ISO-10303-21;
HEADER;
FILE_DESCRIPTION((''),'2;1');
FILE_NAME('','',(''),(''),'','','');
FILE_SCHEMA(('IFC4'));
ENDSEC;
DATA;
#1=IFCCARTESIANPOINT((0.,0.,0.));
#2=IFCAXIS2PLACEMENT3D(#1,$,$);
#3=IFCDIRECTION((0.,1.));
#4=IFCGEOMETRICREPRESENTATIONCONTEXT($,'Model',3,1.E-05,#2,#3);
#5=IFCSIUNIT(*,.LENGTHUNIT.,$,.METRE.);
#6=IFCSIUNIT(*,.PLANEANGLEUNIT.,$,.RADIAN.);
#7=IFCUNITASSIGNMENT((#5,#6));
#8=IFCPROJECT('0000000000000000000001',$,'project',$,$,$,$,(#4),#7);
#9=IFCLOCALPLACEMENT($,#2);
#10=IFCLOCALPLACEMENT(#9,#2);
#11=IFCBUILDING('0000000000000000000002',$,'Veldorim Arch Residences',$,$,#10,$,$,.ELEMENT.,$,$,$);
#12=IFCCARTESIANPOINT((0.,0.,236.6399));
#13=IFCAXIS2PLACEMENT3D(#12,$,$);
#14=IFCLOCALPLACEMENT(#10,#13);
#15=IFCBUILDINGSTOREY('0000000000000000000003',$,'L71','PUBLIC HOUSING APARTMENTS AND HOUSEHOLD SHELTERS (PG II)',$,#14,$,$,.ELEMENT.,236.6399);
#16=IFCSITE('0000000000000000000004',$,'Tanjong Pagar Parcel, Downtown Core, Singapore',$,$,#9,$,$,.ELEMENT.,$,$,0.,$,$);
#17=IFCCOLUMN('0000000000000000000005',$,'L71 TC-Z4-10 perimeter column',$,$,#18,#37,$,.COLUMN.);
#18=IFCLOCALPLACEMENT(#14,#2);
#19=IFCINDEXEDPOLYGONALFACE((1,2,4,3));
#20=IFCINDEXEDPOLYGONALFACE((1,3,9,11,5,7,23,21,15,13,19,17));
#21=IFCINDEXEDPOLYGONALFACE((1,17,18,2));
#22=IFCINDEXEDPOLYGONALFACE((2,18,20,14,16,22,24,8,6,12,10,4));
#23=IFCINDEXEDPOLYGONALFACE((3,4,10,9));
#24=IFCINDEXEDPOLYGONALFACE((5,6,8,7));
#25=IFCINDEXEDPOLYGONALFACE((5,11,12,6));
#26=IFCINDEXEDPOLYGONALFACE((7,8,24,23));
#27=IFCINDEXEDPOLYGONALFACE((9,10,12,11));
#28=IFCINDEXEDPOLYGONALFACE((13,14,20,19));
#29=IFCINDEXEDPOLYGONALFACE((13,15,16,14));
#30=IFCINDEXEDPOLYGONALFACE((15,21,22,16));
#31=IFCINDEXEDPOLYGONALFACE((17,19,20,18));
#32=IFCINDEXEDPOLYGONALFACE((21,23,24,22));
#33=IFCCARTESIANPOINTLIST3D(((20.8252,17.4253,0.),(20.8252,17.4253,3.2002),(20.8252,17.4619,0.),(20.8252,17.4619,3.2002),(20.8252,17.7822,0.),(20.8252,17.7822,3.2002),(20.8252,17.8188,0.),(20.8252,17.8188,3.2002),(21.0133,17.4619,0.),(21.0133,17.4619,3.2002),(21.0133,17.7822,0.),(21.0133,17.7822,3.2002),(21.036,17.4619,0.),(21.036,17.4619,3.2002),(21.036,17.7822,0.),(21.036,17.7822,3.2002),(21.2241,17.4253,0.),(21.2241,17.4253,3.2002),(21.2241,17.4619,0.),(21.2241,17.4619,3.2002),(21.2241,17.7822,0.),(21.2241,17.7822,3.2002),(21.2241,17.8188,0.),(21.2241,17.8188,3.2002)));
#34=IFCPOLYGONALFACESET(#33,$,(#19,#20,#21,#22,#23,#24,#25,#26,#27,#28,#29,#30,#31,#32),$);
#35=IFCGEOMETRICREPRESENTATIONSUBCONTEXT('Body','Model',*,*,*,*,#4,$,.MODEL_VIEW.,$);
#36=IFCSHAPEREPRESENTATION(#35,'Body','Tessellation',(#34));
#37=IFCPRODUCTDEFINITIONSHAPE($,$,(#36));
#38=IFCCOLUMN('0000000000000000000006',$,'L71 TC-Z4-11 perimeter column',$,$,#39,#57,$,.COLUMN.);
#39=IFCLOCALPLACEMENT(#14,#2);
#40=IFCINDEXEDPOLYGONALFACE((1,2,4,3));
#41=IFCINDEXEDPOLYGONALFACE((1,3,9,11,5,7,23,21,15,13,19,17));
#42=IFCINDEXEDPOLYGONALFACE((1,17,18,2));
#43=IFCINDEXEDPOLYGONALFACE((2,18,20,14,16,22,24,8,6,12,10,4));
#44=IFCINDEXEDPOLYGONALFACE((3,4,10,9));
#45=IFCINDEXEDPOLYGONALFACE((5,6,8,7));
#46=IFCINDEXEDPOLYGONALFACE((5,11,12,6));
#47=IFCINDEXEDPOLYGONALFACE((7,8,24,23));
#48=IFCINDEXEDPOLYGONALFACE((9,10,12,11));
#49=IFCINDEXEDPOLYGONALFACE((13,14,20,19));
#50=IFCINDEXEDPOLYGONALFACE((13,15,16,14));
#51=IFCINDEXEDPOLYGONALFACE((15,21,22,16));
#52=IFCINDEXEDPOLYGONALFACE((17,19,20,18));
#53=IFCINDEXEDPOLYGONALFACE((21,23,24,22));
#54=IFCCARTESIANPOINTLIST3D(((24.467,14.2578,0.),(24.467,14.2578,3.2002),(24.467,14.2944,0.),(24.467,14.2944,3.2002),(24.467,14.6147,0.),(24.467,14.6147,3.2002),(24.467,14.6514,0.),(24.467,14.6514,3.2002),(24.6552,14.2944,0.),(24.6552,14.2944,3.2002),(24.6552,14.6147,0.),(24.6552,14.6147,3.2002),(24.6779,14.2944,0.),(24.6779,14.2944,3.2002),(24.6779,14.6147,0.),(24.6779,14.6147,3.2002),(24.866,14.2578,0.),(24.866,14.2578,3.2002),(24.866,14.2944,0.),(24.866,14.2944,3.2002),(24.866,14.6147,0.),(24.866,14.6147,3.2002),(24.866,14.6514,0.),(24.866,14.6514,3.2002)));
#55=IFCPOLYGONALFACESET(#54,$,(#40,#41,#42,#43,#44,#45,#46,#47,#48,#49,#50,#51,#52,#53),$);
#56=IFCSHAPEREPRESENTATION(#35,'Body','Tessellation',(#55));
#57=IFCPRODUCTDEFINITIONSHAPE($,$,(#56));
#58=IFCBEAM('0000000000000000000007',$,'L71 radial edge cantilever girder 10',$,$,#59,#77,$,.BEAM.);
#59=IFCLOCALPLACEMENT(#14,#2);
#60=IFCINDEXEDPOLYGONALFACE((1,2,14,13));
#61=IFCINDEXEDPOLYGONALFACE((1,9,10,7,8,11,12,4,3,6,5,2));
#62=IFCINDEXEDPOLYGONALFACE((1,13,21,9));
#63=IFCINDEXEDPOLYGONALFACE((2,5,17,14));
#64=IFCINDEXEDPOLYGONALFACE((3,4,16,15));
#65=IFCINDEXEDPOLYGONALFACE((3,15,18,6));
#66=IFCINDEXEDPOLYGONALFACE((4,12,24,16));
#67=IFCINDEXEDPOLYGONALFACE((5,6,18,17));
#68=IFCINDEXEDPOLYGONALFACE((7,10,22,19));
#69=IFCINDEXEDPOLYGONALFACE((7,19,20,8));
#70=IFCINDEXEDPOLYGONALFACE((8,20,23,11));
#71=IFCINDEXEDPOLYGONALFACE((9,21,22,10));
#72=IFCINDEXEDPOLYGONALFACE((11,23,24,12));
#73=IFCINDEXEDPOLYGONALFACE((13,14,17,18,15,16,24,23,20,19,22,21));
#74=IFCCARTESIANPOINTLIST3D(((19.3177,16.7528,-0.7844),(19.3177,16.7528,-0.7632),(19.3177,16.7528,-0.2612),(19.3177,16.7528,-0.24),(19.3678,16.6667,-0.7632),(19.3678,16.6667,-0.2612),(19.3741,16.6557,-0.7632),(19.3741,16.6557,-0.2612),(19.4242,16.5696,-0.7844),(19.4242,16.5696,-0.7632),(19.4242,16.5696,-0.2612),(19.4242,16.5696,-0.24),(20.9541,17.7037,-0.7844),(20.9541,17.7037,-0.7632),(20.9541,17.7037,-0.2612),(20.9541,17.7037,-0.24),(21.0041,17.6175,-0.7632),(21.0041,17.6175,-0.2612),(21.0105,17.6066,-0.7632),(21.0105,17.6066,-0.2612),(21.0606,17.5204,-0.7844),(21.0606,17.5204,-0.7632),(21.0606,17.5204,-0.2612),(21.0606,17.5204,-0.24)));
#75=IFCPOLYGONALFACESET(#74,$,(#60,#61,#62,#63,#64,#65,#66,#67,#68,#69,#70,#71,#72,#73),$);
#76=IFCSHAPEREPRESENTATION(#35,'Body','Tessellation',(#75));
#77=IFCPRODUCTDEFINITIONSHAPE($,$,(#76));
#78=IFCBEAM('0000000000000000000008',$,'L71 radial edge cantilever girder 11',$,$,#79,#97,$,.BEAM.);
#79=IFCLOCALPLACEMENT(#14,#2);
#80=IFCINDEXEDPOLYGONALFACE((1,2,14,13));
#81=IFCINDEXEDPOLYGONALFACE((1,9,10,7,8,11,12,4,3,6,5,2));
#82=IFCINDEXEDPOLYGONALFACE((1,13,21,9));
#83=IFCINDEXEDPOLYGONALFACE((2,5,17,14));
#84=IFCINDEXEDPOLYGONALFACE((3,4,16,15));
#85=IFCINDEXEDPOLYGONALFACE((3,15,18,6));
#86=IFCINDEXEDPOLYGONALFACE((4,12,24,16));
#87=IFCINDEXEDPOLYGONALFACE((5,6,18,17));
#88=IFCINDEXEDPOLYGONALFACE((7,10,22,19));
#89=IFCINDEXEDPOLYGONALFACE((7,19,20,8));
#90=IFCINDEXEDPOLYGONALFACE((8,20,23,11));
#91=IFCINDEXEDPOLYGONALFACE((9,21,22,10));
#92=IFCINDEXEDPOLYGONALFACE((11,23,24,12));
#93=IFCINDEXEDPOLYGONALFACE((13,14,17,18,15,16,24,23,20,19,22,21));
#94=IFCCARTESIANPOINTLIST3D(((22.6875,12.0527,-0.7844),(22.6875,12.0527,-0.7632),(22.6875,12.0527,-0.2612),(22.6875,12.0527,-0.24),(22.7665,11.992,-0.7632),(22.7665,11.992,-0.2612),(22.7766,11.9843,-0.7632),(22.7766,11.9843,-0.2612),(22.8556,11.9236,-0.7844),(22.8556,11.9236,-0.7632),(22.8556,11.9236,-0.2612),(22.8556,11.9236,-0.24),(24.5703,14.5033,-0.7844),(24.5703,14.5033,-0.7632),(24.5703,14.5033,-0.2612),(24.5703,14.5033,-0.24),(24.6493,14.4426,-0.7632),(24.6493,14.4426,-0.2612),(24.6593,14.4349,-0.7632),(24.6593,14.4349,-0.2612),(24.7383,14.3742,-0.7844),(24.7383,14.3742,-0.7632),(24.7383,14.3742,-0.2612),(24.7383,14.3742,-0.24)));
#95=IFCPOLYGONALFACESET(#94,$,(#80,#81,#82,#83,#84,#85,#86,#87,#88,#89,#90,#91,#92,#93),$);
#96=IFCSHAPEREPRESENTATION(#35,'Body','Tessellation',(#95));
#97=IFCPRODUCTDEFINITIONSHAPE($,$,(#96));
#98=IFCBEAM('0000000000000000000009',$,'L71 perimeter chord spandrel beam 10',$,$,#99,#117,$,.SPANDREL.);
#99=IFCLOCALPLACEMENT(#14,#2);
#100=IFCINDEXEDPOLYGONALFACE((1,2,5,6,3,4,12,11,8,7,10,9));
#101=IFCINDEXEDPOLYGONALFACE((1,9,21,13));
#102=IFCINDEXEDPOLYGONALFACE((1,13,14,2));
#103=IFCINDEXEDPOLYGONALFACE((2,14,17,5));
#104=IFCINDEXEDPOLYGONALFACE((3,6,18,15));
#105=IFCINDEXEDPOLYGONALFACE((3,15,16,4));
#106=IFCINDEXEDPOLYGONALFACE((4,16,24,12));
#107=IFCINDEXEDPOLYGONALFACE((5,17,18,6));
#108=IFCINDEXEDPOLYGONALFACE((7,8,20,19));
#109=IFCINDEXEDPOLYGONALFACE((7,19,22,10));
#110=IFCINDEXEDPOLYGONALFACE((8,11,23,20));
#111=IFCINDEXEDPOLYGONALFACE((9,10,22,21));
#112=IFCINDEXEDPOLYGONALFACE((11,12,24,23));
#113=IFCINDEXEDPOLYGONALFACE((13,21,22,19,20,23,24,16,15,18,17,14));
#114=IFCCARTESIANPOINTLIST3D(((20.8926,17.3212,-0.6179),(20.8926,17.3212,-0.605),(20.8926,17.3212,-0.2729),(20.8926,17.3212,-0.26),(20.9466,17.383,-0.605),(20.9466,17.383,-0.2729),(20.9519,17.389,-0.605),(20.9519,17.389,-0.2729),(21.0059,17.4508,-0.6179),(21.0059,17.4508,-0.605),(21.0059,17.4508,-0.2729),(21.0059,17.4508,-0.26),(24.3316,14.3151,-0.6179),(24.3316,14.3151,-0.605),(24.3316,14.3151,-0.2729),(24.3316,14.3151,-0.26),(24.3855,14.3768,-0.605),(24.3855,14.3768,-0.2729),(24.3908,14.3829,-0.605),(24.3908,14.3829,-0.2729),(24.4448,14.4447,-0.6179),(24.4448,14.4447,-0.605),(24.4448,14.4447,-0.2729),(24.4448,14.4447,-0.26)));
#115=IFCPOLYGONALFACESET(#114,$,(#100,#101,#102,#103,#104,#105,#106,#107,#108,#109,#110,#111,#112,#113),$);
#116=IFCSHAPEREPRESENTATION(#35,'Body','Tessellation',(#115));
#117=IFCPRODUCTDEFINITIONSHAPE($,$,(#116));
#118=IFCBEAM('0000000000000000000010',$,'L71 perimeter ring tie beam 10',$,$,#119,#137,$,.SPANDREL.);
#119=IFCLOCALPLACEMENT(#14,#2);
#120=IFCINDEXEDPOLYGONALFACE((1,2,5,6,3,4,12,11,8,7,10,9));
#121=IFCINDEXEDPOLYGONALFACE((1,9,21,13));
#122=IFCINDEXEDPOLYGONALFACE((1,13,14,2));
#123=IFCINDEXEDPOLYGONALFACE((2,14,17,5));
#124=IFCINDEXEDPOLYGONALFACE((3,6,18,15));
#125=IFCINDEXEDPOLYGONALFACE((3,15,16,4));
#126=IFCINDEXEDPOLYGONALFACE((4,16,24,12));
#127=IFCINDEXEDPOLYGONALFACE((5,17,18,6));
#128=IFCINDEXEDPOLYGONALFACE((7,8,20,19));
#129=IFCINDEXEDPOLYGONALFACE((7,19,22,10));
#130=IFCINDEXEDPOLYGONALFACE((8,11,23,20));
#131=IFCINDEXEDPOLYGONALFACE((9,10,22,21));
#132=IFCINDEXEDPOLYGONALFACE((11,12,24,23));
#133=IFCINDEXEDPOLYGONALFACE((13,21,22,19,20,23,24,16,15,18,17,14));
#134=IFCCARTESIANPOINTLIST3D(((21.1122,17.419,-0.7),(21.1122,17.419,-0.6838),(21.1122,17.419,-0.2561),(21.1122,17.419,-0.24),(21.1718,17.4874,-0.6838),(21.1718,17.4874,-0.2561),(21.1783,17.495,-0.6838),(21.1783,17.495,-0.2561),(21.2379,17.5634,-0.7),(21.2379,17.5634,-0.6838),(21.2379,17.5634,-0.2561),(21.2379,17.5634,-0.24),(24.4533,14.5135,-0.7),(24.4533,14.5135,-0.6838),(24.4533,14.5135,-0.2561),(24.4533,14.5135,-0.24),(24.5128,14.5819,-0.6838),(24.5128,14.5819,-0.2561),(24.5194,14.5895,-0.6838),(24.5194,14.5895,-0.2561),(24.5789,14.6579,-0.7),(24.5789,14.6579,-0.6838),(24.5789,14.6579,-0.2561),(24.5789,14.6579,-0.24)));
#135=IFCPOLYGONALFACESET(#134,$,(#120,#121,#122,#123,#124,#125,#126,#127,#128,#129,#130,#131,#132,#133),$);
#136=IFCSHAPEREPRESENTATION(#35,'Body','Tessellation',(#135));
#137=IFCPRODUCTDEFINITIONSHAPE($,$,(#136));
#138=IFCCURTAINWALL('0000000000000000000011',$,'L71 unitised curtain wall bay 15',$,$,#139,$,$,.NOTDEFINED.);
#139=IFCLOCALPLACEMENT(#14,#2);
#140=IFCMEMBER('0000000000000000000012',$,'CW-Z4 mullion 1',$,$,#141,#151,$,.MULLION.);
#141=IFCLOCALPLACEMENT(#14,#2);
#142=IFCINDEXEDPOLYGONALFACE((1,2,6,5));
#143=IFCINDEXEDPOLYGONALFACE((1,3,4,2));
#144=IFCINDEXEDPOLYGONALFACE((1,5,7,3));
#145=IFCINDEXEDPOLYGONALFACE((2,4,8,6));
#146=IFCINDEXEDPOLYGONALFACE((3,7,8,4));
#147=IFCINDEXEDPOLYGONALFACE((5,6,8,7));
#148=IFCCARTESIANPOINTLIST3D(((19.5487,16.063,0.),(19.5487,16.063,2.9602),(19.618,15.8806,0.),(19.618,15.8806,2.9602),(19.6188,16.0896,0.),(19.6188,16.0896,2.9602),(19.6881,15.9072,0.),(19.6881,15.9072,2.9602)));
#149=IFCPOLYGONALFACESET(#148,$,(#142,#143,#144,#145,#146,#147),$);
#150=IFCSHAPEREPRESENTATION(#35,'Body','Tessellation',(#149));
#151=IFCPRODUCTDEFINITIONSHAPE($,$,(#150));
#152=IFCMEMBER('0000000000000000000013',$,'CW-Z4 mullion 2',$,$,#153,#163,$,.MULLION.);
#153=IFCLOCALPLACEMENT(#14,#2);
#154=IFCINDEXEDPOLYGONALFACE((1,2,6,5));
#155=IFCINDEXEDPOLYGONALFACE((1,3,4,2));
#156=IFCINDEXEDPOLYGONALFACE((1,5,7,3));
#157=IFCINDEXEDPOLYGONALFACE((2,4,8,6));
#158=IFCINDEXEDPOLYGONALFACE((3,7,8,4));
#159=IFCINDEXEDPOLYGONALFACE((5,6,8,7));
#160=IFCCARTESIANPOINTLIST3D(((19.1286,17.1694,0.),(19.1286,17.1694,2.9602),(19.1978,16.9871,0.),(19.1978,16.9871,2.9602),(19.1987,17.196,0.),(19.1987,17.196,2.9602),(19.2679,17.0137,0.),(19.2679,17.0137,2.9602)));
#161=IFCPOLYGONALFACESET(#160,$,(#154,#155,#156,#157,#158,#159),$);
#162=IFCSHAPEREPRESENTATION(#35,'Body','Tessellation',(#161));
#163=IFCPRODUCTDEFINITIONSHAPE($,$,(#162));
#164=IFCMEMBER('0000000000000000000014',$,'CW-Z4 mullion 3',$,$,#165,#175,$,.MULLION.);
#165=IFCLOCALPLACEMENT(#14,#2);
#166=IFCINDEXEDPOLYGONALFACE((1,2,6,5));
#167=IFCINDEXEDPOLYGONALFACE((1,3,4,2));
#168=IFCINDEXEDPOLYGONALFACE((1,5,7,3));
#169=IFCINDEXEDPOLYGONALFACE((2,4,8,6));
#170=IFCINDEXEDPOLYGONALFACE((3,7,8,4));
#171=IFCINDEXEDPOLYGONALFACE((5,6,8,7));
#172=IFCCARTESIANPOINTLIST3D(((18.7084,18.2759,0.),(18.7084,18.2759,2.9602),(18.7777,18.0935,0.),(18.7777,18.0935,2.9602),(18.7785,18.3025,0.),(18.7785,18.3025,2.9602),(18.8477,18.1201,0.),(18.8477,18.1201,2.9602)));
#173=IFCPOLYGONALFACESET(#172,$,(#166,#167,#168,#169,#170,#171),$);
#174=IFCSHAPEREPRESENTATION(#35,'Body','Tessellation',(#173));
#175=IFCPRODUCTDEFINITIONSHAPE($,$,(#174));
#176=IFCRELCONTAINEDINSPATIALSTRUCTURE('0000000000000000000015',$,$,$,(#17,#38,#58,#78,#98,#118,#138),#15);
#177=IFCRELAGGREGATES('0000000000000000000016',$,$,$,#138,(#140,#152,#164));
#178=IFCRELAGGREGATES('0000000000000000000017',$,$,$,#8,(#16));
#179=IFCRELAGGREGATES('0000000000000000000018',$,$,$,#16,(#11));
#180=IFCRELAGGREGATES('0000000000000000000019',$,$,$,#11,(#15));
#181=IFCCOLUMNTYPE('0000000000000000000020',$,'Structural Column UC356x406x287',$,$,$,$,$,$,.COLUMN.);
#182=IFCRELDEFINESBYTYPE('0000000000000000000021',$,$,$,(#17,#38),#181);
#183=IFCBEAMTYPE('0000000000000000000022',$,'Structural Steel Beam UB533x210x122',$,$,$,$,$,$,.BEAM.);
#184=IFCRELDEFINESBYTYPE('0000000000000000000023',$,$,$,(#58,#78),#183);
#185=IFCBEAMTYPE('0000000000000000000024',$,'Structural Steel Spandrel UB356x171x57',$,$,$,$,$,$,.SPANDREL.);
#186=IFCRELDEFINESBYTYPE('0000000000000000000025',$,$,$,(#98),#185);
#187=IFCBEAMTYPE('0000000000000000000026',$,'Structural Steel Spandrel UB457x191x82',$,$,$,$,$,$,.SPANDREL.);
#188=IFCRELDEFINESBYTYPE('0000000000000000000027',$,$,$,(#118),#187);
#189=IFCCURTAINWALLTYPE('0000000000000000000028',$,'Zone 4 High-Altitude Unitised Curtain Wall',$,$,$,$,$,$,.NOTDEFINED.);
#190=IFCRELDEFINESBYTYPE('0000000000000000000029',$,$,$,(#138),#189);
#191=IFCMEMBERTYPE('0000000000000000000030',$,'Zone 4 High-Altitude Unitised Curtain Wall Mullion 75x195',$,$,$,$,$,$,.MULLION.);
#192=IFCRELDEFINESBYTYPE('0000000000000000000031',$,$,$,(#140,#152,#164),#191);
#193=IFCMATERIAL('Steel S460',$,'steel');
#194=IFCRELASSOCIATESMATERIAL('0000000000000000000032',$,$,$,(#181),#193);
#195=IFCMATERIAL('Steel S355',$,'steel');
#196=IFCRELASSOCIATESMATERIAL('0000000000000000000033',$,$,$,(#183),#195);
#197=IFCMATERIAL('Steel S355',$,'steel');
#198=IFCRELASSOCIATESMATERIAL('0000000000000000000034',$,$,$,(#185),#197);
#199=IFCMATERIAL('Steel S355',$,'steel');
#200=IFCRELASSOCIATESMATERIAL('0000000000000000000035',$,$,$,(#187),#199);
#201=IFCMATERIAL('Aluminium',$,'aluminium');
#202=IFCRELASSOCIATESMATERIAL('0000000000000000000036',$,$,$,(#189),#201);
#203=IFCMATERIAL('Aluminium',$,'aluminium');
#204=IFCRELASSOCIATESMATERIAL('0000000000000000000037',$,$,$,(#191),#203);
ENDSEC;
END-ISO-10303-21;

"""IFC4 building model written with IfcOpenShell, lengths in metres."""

from ifc_helpers import new_model, si_unit, direction, frame, origin, origin_2d, place, context, subcontext, project, spatial, rectangle, i_section, extrude, material, material_profile, profile_set, type_object, element, aggregate, save


model = new_model("IFC4")

# Units and contexts
model_context = context("Model", 3, precision=1e-05, world=origin(), true_north=direction((0.0, 1.0)))
body_context = subcontext(model_context, "Body", "Model", "MODEL_VIEW")
ifc_project = project(units=[si_unit("LENGTHUNIT", "METRE"), si_unit("PLANEANGLEUNIT", "RADIAN")], contexts=[model_context])

# Site, building, storey
site_placement = place(None, origin())
site = spatial("IfcSite", under=ifc_project, at=site_placement, Name="Tanjong Pagar Parcel, Downtown Core, Singapore", CompositionType="ELEMENT", RefElevation=0.0)
building_placement = place(site_placement, origin())
building = spatial("IfcBuilding", under=site, at=building_placement, Name="Veldorim Arch Residences", CompositionType="ELEMENT")
storey_placement = place(building_placement, frame((0.0, 0.0, 236.6399)))
storey = spatial("IfcBuildingStorey", under=building, at=storey_placement, Name="L71", Description="PUBLIC HOUSING APARTMENTS AND HOUSEHOLD SHELTERS (PG II)", CompositionType="ELEMENT", Elevation=236.6399)

# Columns
ifc_material_1 = material(Name="Steel S460", Category="steel")
ifc_material_profile_1 = material_profile(ifc_material_1, i_section(OverallWidth=0.3989, OverallDepth=0.3936, WebThickness=0.0227, FlangeThickness=0.0366, at=origin_2d()), Name="UC356x406x287")
ifc_profile_set_1 = profile_set([ifc_material_profile_1], Name="Steel S460")
column_type = type_object("IfcColumnType", Name="Structural Column UC356x406x287", PredefinedType="COLUMN", material=ifc_profile_set_1)
for number, where, z_axis, x_axis, name in (
    (1, (21.0247, 17.6221, 0.0), (0.0, 0.0, 1.0), (1.0, 0.0, 0.0), "L71 TC-Z4-10 perimeter column"),
    (2, (24.6665, 14.4546, 0.0), (0.0, 0.0, 1.0), (1.0, 0.0, 0.0), "L71 TC-Z4-11 perimeter column"),
):
    element("IfcColumn", number, at=place(storey_placement, frame(where, z_axis=z_axis, x_axis=x_axis)), inside=storey, type_object=column_type, Name=name, PredefinedType="COLUMN", context=body_context, shape_type="SweptSolid", body=[
        extrude(i_section(OverallWidth=0.3989, OverallDepth=0.3936, WebThickness=0.0227, FlangeThickness=0.0366, at=origin_2d()), origin(), (0.0, 0.0, 1.0), 3.2002),
    ])

# Beams
ifc_material_2 = material(Name="Steel S355", Category="steel")
ifc_material_profile_2 = material_profile(ifc_material_2, i_section(OverallWidth=0.2119, OverallDepth=0.5444, WebThickness=0.0127, FlangeThickness=0.0212, at=origin_2d()), Name="UB533x210x122")
ifc_profile_set_2 = profile_set([ifc_material_profile_2], Name="Steel S355")
beam_type_1 = type_object("IfcBeamType", Name="Structural Steel Beam UB533x210x122", PredefinedType="BEAM", material=ifc_profile_set_2)
beam_1_placement = place(storey_placement, frame((21.0073, 17.6121, -0.5122), z_axis=(-0.864624, -0.502419, 0.0), x_axis=(0.502419, -0.864624, 0.0)))
element("IfcBeam", 3, at=beam_1_placement, inside=storey, type_object=beam_type_1, Name="L71 radial edge cantilever girder 10", PredefinedType="BEAM", context=body_context, shape_type="SweptSolid", body=[
    extrude(i_section(OverallWidth=0.2119, OverallDepth=0.5444, WebThickness=0.0127, FlangeThickness=0.0212, at=origin_2d()), origin(), (0.0, 0.0, 1.0), 1.8926),
])
beam_2_placement = place(storey_placement, frame((24.6543, 14.4387, -0.5122), z_axis=(-0.609237, -0.792988, 0.0), x_axis=(0.792988, -0.609237, 0.0)))
element("IfcBeam", 4, at=beam_2_placement, inside=storey, type_object=beam_type_1, Name="L71 radial edge cantilever girder 11", PredefinedType="BEAM", context=body_context, shape_type="SweptSolid", body=[
    extrude(i_section(OverallWidth=0.2119, OverallDepth=0.5444, WebThickness=0.0127, FlangeThickness=0.0212, at=origin_2d()), origin(), (0.0, 0.0, 1.0), 3.0903),
])
ifc_material_3 = material(Name="Steel S355", Category="steel")
ifc_material_profile_3 = material_profile(ifc_material_3, i_section(OverallWidth=0.1721, OverallDepth=0.3579, WebThickness=0.0081, FlangeThickness=0.0129, at=origin_2d()), Name="UB356x171x57")
ifc_profile_set_3 = profile_set([ifc_material_profile_3], Name="Steel S355")
beam_type_2 = type_object("IfcBeamType", Name="Structural Steel Spandrel UB356x171x57", PredefinedType="SPANDREL", material=ifc_profile_set_3)
beam_3_placement = place(storey_placement, frame((20.9492, 17.386, -0.439), z_axis=(0.752901, -0.658134, 0.0), x_axis=(0.658134, 0.752901, 0.0)))
element("IfcBeam", 5, at=beam_3_placement, inside=storey, type_object=beam_type_2, Name="L71 perimeter chord spandrel beam 10", PredefinedType="SPANDREL", context=body_context, shape_type="SweptSolid", body=[
    extrude(i_section(OverallWidth=0.1721, OverallDepth=0.3579, WebThickness=0.0081, FlangeThickness=0.0129, at=origin_2d()), origin(), (0.0, 0.0, 1.0), 4.5676),
])
ifc_material_4 = material(Name="Steel S355", Category="steel")
ifc_material_profile_4 = material_profile(ifc_material_4, i_section(OverallWidth=0.1914, OverallDepth=0.46, WebThickness=0.01, FlangeThickness=0.0161, at=origin_2d()), Name="UB457x191x82")
ifc_profile_set_4 = profile_set([ifc_material_profile_4], Name="Steel S355")
beam_type_3 = type_object("IfcBeamType", Name="Structural Steel Spandrel UB457x191x82", PredefinedType="SPANDREL", material=ifc_profile_set_4)
beam_4_placement = place(storey_placement, frame((21.175, 17.4912, -0.47), z_axis=(0.754578, -0.65621, 0.0), x_axis=(0.65621, 0.754578, 0.0)))
element("IfcBeam", 6, at=beam_4_placement, inside=storey, type_object=beam_type_3, Name="L71 perimeter ring tie beam 10", PredefinedType="SPANDREL", context=body_context, shape_type="SweptSolid", body=[
    extrude(i_section(OverallWidth=0.1914, OverallDepth=0.46, WebThickness=0.01, FlangeThickness=0.0161, at=origin_2d()), origin(), (0.0, 0.0, 1.0), 4.4277),
])

# Curtain wall, members
ifc_material_5 = material(Name="Aluminium", Category="aluminium")
curtain_wall_type = type_object("IfcCurtainWallType", Name="Zone 4 High-Altitude Unitised Curtain Wall", PredefinedType="NOTDEFINED", material=ifc_material_5)
curtain_wall_placement = place(storey_placement, origin())
curtain_wall = element("IfcCurtainWall", 7, at=curtain_wall_placement, inside=storey, type_object=curtain_wall_type, Name="L71 unitised curtain wall bay 15", PredefinedType="NOTDEFINED")
ifc_material_6 = material(Name="Aluminium", Category="aluminium")
ifc_material_profile_5 = material_profile(ifc_material_6, rectangle(XDim=0.075, YDim=0.1951, at=origin_2d()), Name="ALU_MUL_75x195")
ifc_profile_set_5 = profile_set([ifc_material_profile_5], Name="Aluminium")
member_type_1 = type_object("IfcMemberType", Name="Zone 4 High-Altitude Unitised Curtain Wall Mullion 75x195", PredefinedType="MULLION", material=ifc_profile_set_5)
member_1_placement = place(storey_placement, frame((19.6184, 15.9851, 0.0), z_axis=(0.0, 0.0, 1.0), x_axis=(-0.934865, -0.355002, 0.0)))
member_1 = element("IfcMember", 8, at=member_1_placement, type_object=member_type_1, Name="CW-Z4 mullion 1", PredefinedType="MULLION", context=body_context, shape_type="SweptSolid", body=[
    extrude(rectangle(XDim=0.075, YDim=0.1951, at=origin_2d()), origin(), (0.0, 0.0, 1.0), 2.9602),
])
member_2_placement = place(storey_placement, frame((19.1982, 17.0916, 0.0), z_axis=(0.0, 0.0, 1.0), x_axis=(-0.934865, -0.355002, 0.0)))
member_2 = element("IfcMember", 9, at=member_2_placement, type_object=member_type_1, Name="CW-Z4 mullion 2", PredefinedType="MULLION", context=body_context, shape_type="SweptSolid", body=[
    extrude(rectangle(XDim=0.075, YDim=0.1951, at=origin_2d()), origin(), (0.0, 0.0, 1.0), 2.9602),
])
member_3_placement = place(storey_placement, frame((18.7781, 18.198, 0.0), z_axis=(0.0, 0.0, 1.0), x_axis=(-0.934865, -0.355002, 0.0)))
member_3 = element("IfcMember", 10, at=member_3_placement, type_object=member_type_1, Name="CW-Z4 mullion 3", PredefinedType="MULLION", context=body_context, shape_type="SweptSolid", body=[
    extrude(rectangle(XDim=0.075, YDim=0.1951, at=origin_2d()), origin(), (0.0, 0.0, 1.0), 2.9602),
])

aggregate(curtain_wall, [member_1, member_2, member_3])

save(model, "model.ifc")
